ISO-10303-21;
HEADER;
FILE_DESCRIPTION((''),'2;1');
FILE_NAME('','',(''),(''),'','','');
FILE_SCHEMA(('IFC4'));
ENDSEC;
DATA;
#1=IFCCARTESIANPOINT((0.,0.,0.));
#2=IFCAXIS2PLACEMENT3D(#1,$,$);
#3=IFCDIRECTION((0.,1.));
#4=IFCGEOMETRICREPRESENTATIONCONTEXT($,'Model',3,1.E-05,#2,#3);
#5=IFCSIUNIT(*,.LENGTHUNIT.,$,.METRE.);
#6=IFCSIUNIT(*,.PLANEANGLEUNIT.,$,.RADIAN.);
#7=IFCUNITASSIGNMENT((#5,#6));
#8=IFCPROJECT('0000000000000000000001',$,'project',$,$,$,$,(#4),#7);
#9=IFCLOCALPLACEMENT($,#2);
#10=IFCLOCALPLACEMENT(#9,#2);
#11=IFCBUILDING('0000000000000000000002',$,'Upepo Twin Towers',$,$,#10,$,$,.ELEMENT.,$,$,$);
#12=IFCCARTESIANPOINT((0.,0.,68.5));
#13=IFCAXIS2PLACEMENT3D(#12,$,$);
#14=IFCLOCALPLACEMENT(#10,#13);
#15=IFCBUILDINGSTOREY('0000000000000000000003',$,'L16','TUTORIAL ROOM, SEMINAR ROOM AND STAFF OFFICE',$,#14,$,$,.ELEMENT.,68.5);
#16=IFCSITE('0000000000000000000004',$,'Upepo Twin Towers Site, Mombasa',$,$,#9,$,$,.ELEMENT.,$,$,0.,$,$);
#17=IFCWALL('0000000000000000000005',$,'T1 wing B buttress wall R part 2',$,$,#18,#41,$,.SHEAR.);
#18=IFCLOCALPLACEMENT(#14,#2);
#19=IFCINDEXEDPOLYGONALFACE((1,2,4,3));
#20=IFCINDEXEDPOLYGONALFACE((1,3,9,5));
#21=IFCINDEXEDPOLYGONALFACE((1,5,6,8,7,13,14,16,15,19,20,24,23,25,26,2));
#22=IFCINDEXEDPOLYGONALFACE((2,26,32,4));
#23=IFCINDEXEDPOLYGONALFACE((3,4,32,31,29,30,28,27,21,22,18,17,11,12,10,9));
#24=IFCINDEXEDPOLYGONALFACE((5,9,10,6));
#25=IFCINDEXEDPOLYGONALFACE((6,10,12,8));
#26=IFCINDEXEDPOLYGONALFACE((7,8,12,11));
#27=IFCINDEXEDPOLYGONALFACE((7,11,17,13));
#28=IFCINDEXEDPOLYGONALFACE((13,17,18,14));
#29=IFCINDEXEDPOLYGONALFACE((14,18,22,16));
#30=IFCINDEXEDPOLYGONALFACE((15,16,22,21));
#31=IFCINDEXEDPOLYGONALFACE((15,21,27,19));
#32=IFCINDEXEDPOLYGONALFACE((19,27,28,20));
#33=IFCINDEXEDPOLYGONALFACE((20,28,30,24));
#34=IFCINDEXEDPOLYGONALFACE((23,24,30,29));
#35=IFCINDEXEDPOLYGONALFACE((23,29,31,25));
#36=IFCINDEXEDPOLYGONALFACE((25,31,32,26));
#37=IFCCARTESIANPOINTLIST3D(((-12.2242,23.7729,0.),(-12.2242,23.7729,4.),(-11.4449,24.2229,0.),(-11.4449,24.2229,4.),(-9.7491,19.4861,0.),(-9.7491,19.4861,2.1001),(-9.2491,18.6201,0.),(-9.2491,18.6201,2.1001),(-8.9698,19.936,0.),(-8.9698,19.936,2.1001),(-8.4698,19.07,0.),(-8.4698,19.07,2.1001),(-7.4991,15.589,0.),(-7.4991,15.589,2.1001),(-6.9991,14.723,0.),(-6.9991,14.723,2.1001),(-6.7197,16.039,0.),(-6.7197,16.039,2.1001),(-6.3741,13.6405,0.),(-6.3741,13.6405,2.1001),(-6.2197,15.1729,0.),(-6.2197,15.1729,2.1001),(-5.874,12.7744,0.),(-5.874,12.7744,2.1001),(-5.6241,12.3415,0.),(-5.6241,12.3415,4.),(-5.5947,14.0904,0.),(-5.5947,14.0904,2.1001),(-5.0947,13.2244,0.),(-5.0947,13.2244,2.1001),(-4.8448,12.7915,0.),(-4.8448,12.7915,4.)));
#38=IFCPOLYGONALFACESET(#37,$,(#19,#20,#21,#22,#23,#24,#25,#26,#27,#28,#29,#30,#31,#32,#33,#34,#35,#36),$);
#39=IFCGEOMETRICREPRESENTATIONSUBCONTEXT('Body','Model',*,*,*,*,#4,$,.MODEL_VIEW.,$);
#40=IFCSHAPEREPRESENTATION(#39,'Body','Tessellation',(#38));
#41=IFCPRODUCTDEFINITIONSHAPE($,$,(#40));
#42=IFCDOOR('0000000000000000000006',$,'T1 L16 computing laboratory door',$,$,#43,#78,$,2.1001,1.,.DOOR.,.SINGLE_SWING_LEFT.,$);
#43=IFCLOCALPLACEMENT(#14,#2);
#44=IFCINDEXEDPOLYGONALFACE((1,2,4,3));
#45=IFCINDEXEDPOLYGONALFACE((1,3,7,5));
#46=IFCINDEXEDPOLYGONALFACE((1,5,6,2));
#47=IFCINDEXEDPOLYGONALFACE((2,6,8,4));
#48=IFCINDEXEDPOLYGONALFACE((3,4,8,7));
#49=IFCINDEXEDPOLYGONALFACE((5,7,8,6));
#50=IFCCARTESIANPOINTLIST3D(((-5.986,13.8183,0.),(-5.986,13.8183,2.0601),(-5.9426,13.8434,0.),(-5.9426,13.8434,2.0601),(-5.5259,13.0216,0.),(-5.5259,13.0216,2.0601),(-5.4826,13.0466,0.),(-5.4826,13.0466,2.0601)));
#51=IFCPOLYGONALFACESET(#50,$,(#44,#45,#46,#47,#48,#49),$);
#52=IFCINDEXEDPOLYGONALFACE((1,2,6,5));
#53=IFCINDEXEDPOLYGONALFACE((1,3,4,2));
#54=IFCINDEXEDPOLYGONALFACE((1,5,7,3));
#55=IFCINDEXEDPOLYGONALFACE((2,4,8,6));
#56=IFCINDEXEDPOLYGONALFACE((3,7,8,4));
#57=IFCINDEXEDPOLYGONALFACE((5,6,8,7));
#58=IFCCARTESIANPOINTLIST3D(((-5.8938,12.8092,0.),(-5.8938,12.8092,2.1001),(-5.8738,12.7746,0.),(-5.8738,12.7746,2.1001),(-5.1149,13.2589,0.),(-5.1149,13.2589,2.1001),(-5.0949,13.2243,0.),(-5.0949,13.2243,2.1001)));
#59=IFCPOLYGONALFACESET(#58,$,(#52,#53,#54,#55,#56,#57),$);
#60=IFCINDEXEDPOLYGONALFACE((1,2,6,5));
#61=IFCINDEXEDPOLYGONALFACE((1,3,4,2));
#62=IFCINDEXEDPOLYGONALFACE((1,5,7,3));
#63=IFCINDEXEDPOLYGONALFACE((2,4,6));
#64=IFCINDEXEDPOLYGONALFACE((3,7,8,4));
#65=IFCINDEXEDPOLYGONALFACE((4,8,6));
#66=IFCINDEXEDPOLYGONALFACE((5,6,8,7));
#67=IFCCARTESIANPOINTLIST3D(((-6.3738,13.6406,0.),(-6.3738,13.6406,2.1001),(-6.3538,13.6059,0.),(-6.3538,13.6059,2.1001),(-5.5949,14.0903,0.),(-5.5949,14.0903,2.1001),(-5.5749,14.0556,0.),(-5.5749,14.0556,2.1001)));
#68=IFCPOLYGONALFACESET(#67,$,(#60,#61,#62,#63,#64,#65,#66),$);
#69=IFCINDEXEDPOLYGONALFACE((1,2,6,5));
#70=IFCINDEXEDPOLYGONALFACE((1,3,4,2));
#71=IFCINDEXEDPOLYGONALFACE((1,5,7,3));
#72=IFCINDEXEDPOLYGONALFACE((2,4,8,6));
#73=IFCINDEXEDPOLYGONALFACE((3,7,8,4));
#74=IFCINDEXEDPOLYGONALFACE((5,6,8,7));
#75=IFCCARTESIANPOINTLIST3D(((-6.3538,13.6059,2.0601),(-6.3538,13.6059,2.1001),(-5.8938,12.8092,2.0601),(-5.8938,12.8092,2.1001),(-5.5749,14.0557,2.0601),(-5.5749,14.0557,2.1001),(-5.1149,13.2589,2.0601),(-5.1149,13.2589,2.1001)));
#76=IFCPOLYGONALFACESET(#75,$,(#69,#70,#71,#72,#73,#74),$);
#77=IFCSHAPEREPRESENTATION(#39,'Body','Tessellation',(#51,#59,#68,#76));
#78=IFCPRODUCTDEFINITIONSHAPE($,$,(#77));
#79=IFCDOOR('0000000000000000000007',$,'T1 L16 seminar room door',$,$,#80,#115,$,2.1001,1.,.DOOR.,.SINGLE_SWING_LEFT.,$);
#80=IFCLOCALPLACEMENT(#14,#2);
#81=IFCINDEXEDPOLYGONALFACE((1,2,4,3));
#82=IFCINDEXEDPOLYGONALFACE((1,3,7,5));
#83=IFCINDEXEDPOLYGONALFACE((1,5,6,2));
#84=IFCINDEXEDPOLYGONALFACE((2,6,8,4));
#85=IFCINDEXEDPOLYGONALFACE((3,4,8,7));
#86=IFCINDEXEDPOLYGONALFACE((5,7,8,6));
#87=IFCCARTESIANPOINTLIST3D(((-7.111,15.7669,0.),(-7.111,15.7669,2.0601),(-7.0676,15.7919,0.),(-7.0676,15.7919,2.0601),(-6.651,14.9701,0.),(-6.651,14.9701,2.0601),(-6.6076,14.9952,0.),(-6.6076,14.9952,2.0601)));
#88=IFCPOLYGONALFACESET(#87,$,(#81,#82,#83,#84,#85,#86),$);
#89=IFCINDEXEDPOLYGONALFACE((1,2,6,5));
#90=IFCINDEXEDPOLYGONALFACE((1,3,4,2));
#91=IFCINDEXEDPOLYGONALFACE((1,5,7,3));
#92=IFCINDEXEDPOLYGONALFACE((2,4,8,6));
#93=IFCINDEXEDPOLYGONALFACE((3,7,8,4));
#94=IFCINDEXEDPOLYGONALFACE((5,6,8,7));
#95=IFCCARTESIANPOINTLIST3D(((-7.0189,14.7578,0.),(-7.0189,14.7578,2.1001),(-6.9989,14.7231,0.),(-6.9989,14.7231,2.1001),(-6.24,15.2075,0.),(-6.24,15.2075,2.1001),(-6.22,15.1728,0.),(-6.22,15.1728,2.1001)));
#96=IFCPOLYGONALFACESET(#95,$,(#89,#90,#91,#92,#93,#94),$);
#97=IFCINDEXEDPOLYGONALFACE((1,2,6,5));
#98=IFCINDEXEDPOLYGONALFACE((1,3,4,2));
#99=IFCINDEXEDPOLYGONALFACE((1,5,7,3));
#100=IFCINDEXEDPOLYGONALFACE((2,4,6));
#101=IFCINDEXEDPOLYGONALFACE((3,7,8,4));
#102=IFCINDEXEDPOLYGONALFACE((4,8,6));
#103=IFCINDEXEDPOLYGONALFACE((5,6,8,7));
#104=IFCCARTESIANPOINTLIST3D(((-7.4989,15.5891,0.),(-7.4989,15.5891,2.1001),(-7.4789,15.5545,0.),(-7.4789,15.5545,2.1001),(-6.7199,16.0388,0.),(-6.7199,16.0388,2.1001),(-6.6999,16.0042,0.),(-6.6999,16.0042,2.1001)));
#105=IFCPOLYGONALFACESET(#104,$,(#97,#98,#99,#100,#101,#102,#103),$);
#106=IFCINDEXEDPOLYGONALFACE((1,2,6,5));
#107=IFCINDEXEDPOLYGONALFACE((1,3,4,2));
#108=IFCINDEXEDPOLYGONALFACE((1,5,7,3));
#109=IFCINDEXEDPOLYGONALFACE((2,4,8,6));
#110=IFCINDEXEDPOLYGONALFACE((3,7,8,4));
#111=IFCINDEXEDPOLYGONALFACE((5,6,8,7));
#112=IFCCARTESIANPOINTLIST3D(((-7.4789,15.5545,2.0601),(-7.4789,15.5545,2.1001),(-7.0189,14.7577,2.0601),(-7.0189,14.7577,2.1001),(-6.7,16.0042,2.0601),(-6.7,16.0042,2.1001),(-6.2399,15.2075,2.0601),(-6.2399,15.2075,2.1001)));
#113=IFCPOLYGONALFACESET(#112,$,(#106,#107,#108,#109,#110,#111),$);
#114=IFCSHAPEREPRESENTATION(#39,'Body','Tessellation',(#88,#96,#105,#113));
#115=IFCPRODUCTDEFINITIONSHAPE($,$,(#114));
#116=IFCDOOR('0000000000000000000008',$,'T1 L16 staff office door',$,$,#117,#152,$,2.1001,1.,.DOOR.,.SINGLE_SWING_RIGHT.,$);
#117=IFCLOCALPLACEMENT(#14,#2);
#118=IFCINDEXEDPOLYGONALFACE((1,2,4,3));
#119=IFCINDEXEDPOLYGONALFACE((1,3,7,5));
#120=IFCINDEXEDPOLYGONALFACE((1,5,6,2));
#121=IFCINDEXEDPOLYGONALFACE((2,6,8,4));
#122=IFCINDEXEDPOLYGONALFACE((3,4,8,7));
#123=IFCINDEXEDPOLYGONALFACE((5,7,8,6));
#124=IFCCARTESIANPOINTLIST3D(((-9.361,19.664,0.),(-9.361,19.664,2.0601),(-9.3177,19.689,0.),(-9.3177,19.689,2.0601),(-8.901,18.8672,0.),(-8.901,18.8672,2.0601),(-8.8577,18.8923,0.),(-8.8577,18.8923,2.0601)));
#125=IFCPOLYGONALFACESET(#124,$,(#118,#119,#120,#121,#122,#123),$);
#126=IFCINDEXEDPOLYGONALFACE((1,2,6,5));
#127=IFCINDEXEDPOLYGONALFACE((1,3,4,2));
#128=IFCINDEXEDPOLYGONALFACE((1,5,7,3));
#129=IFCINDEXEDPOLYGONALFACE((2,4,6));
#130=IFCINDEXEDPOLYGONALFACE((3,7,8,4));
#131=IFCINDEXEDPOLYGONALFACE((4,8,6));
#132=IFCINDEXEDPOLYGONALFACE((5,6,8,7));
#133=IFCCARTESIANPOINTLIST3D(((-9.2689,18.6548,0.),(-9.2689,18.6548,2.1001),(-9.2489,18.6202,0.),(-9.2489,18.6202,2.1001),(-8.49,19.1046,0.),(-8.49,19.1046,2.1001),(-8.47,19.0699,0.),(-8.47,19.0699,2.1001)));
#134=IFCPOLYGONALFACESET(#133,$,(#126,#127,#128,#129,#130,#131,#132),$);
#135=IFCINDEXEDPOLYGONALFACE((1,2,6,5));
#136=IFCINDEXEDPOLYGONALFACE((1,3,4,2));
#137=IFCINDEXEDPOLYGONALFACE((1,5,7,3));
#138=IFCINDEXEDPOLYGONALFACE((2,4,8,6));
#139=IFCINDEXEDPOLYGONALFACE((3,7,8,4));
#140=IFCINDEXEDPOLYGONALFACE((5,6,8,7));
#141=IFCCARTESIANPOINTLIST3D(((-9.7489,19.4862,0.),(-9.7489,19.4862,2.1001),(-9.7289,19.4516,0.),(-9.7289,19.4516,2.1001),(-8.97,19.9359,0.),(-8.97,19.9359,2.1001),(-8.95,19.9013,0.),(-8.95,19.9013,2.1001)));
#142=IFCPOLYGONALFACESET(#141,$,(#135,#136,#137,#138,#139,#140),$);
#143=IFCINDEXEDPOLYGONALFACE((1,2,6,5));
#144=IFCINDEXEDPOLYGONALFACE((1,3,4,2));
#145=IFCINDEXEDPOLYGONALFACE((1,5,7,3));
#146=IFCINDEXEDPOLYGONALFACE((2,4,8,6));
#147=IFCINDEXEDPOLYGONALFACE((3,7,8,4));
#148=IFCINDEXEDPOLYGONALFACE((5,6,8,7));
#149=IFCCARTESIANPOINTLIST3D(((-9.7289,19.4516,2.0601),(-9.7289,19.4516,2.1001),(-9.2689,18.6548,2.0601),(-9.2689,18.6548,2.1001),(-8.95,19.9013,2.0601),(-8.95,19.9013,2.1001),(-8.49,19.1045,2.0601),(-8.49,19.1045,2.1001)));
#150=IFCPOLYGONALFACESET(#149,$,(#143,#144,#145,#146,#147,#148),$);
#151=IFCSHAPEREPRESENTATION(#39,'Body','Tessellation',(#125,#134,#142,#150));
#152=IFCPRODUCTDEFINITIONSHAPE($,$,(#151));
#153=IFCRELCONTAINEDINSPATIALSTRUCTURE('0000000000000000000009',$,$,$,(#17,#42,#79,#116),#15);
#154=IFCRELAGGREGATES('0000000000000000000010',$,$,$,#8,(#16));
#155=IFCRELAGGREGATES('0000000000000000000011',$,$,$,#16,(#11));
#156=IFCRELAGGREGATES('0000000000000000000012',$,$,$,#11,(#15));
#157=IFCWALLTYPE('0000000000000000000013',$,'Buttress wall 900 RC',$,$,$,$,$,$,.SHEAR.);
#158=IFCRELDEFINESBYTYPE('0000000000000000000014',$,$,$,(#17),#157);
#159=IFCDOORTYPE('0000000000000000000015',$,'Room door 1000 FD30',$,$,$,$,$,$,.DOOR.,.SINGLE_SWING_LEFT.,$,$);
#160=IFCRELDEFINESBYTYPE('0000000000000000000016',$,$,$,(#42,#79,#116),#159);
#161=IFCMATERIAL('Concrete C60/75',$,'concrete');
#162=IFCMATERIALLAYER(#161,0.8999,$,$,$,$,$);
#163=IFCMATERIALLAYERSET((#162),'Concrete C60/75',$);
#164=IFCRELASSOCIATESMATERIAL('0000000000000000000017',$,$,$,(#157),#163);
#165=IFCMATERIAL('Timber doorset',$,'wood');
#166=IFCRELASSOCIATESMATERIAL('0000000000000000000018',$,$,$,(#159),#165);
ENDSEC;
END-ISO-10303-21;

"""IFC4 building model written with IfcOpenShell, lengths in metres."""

from ifc_helpers import new_model, si_unit, direction, frame, frame_2d, origin, place, context, subcontext, project, spatial, rectangle, extrude, material, layer, layer_set, type_object, element, fill, save


model = new_model("IFC4")

# Units and contexts
model_context = context("Model", 3, precision=1e-05, world=origin(), true_north=direction((0.0, 1.0)))
body_context = subcontext(model_context, "Body", "Model", "MODEL_VIEW")
ifc_project = project(units=[si_unit("LENGTHUNIT", "METRE"), si_unit("PLANEANGLEUNIT", "RADIAN")], contexts=[model_context])

# Site, building, storey
site_placement = place(None, origin())
site = spatial("IfcSite", under=ifc_project, at=site_placement, Name="Upepo Twin Towers Site, Mombasa", CompositionType="ELEMENT", RefElevation=0.0)
building_placement = place(site_placement, origin())
building = spatial("IfcBuilding", under=site, at=building_placement, Name="Upepo Twin Towers", CompositionType="ELEMENT")
storey_placement = place(building_placement, frame((0.0, 0.0, 68.5)))
storey = spatial("IfcBuildingStorey", under=building, at=storey_placement, Name="L16", Description="TUTORIAL ROOM, SEMINAR ROOM AND STAFF OFFICE", CompositionType="ELEMENT", Elevation=68.5)

# Wall, openings, doors
ifc_material_1 = material(Name="Concrete C60/75", Category="concrete")
ifc_layer_1 = layer(ifc_material_1, 0.8999)
ifc_layer_set_1 = layer_set([ifc_layer_1], Name="Concrete C60/75")
wall_type_1 = type_object("IfcWallType", Name="Buttress wall 900 RC", PredefinedType="SHEAR", material=ifc_layer_set_1)
ifc_material_2 = material(Name="Timber doorset", Category="wood")
door_type_1 = type_object("IfcDoorType", Name="Room door 1000 FD30", OperationType="SINGLE_SWING_LEFT", PredefinedType="DOOR", material=ifc_material_2)
wall_1_placement = place(storey_placement, frame((-5.2344, 12.5664, 0.0), z_axis=(0.0, 0.0, 1.0), x_axis=(-0.50001, 0.86602, 0.0)))
wall_1 = element("IfcWall", 1, at=wall_1_placement, inside=storey, type_object=wall_type_1, Name="T1 wing B buttress wall R part 2", PredefinedType="SHEAR", context=body_context, shape_type="SweptSolid", body=[
    extrude(rectangle(XDim=13.2, YDim=0.8999, at=frame_2d((6.6001, 0.0))), origin(), (0.0, 0.0, 1.0), 4.0),
])
opening_1_placement = place(wall_1_placement, frame((0.5, 0.0, 0.0)))
opening_1 = element("IfcOpeningElement", 2, at=opening_1_placement, cuts=wall_1, PredefinedType="OPENING", context=body_context, shape_type="SweptSolid", body=[
    extrude(rectangle(XDim=1.0, YDim=2.1001, at=frame_2d((0.5, 1.05))), frame((0.0, 0.46, 0.0), z_axis=(0.0, -1.0, 0.0), x_axis=(1.0, 0.0, 0.0)), (0.0, 0.0, 1.0), 0.9199),
])
opening_2_placement = place(wall_1_placement, frame((2.75, 0.0, 0.0)))
opening_2 = element("IfcOpeningElement", 3, at=opening_2_placement, cuts=wall_1, PredefinedType="OPENING", context=body_context, shape_type="SweptSolid", body=[
    extrude(rectangle(XDim=1.0, YDim=2.1001, at=frame_2d((0.5, 1.05))), frame((0.0, 0.46, 0.0), z_axis=(0.0, -1.0, 0.0), x_axis=(1.0, 0.0, 0.0)), (0.0, 0.0, 1.0), 0.9199),
])
opening_3_placement = place(wall_1_placement, frame((7.25, 0.0, 0.0)))
opening_3 = element("IfcOpeningElement", 4, at=opening_3_placement, cuts=wall_1, PredefinedType="OPENING", context=body_context, shape_type="SweptSolid", body=[
    extrude(rectangle(XDim=1.0, YDim=2.1001, at=frame_2d((0.5, 1.05))), frame((0.0, 0.46, 0.0), z_axis=(0.0, -1.0, 0.0), x_axis=(1.0, 0.0, 0.0)), (0.0, 0.0, 1.0), 0.9199),
])
door_1_placement = place(opening_1_placement, origin())
door_1 = element("IfcDoor", 5, at=door_1_placement, inside=storey, type_object=door_type_1, Name="T1 L16 computing laboratory door", OperationType="SINGLE_SWING_LEFT", OverallHeight=2.1001, OverallWidth=1.0, PredefinedType="DOOR", context=body_context, shape_type="SweptSolid", body=[
    extrude(rectangle(XDim=0.92, YDim=2.0601, at=frame_2d((0.5, 1.03))), frame((0.0, 0.0249, 0.0), z_axis=(0.0, -1.0, 0.0), x_axis=(1.0, 0.0, 0.0)), (0.0, 0.0, 1.0), 0.05),
    extrude(rectangle(XDim=0.04, YDim=2.1001, at=frame_2d((0.02, 1.05))), frame((0.0, 0.4497, 0.0), z_axis=(0.0, -1.0, 0.0), x_axis=(1.0, 0.0, 0.0)), (0.0, 0.0, 1.0), 0.8994),
    extrude(rectangle(XDim=0.04, YDim=2.1001, at=frame_2d((0.98, 1.05))), frame((0.0, 0.4497, 0.0), z_axis=(0.0, -1.0, 0.0), x_axis=(1.0, 0.0, 0.0)), (0.0, 0.0, 1.0), 0.8994),
    extrude(rectangle(XDim=0.92, YDim=0.04, at=frame_2d((0.5, 2.0801))), frame((0.0, 0.4497, 0.0), z_axis=(0.0, -1.0, 0.0), x_axis=(1.0, 0.0, 0.0)), (0.0, 0.0, 1.0), 0.8994),
])
fill(opening_1, door_1)
door_2_placement = place(opening_2_placement, origin())
door_2 = element("IfcDoor", 6, at=door_2_placement, inside=storey, type_object=door_type_1, Name="T1 L16 seminar room door", OperationType="SINGLE_SWING_LEFT", OverallHeight=2.1001, OverallWidth=1.0, PredefinedType="DOOR", context=body_context, shape_type="SweptSolid", body=[
    extrude(rectangle(XDim=0.92, YDim=2.0601, at=frame_2d((0.5, 1.03))), frame((0.0, 0.0249, 0.0), z_axis=(0.0, -1.0, 0.0), x_axis=(1.0, 0.0, 0.0)), (0.0, 0.0, 1.0), 0.05),
    extrude(rectangle(XDim=0.04, YDim=2.1001, at=frame_2d((0.02, 1.05))), frame((0.0, 0.4497, 0.0), z_axis=(0.0, -1.0, 0.0), x_axis=(1.0, 0.0, 0.0)), (0.0, 0.0, 1.0), 0.8994),
    extrude(rectangle(XDim=0.04, YDim=2.1001, at=frame_2d((0.98, 1.05))), frame((0.0, 0.4497, 0.0), z_axis=(0.0, -1.0, 0.0), x_axis=(1.0, 0.0, 0.0)), (0.0, 0.0, 1.0), 0.8994),
    extrude(rectangle(XDim=0.92, YDim=0.04, at=frame_2d((0.5, 2.0801))), frame((0.0, 0.4497, 0.0), z_axis=(0.0, -1.0, 0.0), x_axis=(1.0, 0.0, 0.0)), (0.0, 0.0, 1.0), 0.8994),
])
fill(opening_2, door_2)
door_3_placement = place(opening_3_placement, origin())
door_3 = element("IfcDoor", 7, at=door_3_placement, inside=storey, type_object=door_type_1, Name="T1 L16 staff office door", OperationType="SINGLE_SWING_RIGHT", OverallHeight=2.1001, OverallWidth=1.0, PredefinedType="DOOR", context=body_context, shape_type="SweptSolid", body=[
    extrude(rectangle(XDim=0.92, YDim=2.0601, at=frame_2d((0.5, 1.03))), frame((0.0, 0.0249, 0.0), z_axis=(0.0, -1.0, 0.0), x_axis=(1.0, 0.0, 0.0)), (0.0, 0.0, 1.0), 0.05),
    extrude(rectangle(XDim=0.04, YDim=2.1001, at=frame_2d((0.02, 1.05))), frame((0.0, 0.4497, 0.0), z_axis=(0.0, -1.0, 0.0), x_axis=(1.0, 0.0, 0.0)), (0.0, 0.0, 1.0), 0.8994),
    extrude(rectangle(XDim=0.04, YDim=2.1001, at=frame_2d((0.98, 1.05))), frame((0.0, 0.4497, 0.0), z_axis=(0.0, -1.0, 0.0), x_axis=(1.0, 0.0, 0.0)), (0.0, 0.0, 1.0), 0.8994),
    extrude(rectangle(XDim=0.92, YDim=0.04, at=frame_2d((0.5, 2.0801))), frame((0.0, 0.4497, 0.0), z_axis=(0.0, -1.0, 0.0), x_axis=(1.0, 0.0, 0.0)), (0.0, 0.0, 1.0), 0.8994),
])
fill(opening_3, door_3)

save(model, "model.ifc")
